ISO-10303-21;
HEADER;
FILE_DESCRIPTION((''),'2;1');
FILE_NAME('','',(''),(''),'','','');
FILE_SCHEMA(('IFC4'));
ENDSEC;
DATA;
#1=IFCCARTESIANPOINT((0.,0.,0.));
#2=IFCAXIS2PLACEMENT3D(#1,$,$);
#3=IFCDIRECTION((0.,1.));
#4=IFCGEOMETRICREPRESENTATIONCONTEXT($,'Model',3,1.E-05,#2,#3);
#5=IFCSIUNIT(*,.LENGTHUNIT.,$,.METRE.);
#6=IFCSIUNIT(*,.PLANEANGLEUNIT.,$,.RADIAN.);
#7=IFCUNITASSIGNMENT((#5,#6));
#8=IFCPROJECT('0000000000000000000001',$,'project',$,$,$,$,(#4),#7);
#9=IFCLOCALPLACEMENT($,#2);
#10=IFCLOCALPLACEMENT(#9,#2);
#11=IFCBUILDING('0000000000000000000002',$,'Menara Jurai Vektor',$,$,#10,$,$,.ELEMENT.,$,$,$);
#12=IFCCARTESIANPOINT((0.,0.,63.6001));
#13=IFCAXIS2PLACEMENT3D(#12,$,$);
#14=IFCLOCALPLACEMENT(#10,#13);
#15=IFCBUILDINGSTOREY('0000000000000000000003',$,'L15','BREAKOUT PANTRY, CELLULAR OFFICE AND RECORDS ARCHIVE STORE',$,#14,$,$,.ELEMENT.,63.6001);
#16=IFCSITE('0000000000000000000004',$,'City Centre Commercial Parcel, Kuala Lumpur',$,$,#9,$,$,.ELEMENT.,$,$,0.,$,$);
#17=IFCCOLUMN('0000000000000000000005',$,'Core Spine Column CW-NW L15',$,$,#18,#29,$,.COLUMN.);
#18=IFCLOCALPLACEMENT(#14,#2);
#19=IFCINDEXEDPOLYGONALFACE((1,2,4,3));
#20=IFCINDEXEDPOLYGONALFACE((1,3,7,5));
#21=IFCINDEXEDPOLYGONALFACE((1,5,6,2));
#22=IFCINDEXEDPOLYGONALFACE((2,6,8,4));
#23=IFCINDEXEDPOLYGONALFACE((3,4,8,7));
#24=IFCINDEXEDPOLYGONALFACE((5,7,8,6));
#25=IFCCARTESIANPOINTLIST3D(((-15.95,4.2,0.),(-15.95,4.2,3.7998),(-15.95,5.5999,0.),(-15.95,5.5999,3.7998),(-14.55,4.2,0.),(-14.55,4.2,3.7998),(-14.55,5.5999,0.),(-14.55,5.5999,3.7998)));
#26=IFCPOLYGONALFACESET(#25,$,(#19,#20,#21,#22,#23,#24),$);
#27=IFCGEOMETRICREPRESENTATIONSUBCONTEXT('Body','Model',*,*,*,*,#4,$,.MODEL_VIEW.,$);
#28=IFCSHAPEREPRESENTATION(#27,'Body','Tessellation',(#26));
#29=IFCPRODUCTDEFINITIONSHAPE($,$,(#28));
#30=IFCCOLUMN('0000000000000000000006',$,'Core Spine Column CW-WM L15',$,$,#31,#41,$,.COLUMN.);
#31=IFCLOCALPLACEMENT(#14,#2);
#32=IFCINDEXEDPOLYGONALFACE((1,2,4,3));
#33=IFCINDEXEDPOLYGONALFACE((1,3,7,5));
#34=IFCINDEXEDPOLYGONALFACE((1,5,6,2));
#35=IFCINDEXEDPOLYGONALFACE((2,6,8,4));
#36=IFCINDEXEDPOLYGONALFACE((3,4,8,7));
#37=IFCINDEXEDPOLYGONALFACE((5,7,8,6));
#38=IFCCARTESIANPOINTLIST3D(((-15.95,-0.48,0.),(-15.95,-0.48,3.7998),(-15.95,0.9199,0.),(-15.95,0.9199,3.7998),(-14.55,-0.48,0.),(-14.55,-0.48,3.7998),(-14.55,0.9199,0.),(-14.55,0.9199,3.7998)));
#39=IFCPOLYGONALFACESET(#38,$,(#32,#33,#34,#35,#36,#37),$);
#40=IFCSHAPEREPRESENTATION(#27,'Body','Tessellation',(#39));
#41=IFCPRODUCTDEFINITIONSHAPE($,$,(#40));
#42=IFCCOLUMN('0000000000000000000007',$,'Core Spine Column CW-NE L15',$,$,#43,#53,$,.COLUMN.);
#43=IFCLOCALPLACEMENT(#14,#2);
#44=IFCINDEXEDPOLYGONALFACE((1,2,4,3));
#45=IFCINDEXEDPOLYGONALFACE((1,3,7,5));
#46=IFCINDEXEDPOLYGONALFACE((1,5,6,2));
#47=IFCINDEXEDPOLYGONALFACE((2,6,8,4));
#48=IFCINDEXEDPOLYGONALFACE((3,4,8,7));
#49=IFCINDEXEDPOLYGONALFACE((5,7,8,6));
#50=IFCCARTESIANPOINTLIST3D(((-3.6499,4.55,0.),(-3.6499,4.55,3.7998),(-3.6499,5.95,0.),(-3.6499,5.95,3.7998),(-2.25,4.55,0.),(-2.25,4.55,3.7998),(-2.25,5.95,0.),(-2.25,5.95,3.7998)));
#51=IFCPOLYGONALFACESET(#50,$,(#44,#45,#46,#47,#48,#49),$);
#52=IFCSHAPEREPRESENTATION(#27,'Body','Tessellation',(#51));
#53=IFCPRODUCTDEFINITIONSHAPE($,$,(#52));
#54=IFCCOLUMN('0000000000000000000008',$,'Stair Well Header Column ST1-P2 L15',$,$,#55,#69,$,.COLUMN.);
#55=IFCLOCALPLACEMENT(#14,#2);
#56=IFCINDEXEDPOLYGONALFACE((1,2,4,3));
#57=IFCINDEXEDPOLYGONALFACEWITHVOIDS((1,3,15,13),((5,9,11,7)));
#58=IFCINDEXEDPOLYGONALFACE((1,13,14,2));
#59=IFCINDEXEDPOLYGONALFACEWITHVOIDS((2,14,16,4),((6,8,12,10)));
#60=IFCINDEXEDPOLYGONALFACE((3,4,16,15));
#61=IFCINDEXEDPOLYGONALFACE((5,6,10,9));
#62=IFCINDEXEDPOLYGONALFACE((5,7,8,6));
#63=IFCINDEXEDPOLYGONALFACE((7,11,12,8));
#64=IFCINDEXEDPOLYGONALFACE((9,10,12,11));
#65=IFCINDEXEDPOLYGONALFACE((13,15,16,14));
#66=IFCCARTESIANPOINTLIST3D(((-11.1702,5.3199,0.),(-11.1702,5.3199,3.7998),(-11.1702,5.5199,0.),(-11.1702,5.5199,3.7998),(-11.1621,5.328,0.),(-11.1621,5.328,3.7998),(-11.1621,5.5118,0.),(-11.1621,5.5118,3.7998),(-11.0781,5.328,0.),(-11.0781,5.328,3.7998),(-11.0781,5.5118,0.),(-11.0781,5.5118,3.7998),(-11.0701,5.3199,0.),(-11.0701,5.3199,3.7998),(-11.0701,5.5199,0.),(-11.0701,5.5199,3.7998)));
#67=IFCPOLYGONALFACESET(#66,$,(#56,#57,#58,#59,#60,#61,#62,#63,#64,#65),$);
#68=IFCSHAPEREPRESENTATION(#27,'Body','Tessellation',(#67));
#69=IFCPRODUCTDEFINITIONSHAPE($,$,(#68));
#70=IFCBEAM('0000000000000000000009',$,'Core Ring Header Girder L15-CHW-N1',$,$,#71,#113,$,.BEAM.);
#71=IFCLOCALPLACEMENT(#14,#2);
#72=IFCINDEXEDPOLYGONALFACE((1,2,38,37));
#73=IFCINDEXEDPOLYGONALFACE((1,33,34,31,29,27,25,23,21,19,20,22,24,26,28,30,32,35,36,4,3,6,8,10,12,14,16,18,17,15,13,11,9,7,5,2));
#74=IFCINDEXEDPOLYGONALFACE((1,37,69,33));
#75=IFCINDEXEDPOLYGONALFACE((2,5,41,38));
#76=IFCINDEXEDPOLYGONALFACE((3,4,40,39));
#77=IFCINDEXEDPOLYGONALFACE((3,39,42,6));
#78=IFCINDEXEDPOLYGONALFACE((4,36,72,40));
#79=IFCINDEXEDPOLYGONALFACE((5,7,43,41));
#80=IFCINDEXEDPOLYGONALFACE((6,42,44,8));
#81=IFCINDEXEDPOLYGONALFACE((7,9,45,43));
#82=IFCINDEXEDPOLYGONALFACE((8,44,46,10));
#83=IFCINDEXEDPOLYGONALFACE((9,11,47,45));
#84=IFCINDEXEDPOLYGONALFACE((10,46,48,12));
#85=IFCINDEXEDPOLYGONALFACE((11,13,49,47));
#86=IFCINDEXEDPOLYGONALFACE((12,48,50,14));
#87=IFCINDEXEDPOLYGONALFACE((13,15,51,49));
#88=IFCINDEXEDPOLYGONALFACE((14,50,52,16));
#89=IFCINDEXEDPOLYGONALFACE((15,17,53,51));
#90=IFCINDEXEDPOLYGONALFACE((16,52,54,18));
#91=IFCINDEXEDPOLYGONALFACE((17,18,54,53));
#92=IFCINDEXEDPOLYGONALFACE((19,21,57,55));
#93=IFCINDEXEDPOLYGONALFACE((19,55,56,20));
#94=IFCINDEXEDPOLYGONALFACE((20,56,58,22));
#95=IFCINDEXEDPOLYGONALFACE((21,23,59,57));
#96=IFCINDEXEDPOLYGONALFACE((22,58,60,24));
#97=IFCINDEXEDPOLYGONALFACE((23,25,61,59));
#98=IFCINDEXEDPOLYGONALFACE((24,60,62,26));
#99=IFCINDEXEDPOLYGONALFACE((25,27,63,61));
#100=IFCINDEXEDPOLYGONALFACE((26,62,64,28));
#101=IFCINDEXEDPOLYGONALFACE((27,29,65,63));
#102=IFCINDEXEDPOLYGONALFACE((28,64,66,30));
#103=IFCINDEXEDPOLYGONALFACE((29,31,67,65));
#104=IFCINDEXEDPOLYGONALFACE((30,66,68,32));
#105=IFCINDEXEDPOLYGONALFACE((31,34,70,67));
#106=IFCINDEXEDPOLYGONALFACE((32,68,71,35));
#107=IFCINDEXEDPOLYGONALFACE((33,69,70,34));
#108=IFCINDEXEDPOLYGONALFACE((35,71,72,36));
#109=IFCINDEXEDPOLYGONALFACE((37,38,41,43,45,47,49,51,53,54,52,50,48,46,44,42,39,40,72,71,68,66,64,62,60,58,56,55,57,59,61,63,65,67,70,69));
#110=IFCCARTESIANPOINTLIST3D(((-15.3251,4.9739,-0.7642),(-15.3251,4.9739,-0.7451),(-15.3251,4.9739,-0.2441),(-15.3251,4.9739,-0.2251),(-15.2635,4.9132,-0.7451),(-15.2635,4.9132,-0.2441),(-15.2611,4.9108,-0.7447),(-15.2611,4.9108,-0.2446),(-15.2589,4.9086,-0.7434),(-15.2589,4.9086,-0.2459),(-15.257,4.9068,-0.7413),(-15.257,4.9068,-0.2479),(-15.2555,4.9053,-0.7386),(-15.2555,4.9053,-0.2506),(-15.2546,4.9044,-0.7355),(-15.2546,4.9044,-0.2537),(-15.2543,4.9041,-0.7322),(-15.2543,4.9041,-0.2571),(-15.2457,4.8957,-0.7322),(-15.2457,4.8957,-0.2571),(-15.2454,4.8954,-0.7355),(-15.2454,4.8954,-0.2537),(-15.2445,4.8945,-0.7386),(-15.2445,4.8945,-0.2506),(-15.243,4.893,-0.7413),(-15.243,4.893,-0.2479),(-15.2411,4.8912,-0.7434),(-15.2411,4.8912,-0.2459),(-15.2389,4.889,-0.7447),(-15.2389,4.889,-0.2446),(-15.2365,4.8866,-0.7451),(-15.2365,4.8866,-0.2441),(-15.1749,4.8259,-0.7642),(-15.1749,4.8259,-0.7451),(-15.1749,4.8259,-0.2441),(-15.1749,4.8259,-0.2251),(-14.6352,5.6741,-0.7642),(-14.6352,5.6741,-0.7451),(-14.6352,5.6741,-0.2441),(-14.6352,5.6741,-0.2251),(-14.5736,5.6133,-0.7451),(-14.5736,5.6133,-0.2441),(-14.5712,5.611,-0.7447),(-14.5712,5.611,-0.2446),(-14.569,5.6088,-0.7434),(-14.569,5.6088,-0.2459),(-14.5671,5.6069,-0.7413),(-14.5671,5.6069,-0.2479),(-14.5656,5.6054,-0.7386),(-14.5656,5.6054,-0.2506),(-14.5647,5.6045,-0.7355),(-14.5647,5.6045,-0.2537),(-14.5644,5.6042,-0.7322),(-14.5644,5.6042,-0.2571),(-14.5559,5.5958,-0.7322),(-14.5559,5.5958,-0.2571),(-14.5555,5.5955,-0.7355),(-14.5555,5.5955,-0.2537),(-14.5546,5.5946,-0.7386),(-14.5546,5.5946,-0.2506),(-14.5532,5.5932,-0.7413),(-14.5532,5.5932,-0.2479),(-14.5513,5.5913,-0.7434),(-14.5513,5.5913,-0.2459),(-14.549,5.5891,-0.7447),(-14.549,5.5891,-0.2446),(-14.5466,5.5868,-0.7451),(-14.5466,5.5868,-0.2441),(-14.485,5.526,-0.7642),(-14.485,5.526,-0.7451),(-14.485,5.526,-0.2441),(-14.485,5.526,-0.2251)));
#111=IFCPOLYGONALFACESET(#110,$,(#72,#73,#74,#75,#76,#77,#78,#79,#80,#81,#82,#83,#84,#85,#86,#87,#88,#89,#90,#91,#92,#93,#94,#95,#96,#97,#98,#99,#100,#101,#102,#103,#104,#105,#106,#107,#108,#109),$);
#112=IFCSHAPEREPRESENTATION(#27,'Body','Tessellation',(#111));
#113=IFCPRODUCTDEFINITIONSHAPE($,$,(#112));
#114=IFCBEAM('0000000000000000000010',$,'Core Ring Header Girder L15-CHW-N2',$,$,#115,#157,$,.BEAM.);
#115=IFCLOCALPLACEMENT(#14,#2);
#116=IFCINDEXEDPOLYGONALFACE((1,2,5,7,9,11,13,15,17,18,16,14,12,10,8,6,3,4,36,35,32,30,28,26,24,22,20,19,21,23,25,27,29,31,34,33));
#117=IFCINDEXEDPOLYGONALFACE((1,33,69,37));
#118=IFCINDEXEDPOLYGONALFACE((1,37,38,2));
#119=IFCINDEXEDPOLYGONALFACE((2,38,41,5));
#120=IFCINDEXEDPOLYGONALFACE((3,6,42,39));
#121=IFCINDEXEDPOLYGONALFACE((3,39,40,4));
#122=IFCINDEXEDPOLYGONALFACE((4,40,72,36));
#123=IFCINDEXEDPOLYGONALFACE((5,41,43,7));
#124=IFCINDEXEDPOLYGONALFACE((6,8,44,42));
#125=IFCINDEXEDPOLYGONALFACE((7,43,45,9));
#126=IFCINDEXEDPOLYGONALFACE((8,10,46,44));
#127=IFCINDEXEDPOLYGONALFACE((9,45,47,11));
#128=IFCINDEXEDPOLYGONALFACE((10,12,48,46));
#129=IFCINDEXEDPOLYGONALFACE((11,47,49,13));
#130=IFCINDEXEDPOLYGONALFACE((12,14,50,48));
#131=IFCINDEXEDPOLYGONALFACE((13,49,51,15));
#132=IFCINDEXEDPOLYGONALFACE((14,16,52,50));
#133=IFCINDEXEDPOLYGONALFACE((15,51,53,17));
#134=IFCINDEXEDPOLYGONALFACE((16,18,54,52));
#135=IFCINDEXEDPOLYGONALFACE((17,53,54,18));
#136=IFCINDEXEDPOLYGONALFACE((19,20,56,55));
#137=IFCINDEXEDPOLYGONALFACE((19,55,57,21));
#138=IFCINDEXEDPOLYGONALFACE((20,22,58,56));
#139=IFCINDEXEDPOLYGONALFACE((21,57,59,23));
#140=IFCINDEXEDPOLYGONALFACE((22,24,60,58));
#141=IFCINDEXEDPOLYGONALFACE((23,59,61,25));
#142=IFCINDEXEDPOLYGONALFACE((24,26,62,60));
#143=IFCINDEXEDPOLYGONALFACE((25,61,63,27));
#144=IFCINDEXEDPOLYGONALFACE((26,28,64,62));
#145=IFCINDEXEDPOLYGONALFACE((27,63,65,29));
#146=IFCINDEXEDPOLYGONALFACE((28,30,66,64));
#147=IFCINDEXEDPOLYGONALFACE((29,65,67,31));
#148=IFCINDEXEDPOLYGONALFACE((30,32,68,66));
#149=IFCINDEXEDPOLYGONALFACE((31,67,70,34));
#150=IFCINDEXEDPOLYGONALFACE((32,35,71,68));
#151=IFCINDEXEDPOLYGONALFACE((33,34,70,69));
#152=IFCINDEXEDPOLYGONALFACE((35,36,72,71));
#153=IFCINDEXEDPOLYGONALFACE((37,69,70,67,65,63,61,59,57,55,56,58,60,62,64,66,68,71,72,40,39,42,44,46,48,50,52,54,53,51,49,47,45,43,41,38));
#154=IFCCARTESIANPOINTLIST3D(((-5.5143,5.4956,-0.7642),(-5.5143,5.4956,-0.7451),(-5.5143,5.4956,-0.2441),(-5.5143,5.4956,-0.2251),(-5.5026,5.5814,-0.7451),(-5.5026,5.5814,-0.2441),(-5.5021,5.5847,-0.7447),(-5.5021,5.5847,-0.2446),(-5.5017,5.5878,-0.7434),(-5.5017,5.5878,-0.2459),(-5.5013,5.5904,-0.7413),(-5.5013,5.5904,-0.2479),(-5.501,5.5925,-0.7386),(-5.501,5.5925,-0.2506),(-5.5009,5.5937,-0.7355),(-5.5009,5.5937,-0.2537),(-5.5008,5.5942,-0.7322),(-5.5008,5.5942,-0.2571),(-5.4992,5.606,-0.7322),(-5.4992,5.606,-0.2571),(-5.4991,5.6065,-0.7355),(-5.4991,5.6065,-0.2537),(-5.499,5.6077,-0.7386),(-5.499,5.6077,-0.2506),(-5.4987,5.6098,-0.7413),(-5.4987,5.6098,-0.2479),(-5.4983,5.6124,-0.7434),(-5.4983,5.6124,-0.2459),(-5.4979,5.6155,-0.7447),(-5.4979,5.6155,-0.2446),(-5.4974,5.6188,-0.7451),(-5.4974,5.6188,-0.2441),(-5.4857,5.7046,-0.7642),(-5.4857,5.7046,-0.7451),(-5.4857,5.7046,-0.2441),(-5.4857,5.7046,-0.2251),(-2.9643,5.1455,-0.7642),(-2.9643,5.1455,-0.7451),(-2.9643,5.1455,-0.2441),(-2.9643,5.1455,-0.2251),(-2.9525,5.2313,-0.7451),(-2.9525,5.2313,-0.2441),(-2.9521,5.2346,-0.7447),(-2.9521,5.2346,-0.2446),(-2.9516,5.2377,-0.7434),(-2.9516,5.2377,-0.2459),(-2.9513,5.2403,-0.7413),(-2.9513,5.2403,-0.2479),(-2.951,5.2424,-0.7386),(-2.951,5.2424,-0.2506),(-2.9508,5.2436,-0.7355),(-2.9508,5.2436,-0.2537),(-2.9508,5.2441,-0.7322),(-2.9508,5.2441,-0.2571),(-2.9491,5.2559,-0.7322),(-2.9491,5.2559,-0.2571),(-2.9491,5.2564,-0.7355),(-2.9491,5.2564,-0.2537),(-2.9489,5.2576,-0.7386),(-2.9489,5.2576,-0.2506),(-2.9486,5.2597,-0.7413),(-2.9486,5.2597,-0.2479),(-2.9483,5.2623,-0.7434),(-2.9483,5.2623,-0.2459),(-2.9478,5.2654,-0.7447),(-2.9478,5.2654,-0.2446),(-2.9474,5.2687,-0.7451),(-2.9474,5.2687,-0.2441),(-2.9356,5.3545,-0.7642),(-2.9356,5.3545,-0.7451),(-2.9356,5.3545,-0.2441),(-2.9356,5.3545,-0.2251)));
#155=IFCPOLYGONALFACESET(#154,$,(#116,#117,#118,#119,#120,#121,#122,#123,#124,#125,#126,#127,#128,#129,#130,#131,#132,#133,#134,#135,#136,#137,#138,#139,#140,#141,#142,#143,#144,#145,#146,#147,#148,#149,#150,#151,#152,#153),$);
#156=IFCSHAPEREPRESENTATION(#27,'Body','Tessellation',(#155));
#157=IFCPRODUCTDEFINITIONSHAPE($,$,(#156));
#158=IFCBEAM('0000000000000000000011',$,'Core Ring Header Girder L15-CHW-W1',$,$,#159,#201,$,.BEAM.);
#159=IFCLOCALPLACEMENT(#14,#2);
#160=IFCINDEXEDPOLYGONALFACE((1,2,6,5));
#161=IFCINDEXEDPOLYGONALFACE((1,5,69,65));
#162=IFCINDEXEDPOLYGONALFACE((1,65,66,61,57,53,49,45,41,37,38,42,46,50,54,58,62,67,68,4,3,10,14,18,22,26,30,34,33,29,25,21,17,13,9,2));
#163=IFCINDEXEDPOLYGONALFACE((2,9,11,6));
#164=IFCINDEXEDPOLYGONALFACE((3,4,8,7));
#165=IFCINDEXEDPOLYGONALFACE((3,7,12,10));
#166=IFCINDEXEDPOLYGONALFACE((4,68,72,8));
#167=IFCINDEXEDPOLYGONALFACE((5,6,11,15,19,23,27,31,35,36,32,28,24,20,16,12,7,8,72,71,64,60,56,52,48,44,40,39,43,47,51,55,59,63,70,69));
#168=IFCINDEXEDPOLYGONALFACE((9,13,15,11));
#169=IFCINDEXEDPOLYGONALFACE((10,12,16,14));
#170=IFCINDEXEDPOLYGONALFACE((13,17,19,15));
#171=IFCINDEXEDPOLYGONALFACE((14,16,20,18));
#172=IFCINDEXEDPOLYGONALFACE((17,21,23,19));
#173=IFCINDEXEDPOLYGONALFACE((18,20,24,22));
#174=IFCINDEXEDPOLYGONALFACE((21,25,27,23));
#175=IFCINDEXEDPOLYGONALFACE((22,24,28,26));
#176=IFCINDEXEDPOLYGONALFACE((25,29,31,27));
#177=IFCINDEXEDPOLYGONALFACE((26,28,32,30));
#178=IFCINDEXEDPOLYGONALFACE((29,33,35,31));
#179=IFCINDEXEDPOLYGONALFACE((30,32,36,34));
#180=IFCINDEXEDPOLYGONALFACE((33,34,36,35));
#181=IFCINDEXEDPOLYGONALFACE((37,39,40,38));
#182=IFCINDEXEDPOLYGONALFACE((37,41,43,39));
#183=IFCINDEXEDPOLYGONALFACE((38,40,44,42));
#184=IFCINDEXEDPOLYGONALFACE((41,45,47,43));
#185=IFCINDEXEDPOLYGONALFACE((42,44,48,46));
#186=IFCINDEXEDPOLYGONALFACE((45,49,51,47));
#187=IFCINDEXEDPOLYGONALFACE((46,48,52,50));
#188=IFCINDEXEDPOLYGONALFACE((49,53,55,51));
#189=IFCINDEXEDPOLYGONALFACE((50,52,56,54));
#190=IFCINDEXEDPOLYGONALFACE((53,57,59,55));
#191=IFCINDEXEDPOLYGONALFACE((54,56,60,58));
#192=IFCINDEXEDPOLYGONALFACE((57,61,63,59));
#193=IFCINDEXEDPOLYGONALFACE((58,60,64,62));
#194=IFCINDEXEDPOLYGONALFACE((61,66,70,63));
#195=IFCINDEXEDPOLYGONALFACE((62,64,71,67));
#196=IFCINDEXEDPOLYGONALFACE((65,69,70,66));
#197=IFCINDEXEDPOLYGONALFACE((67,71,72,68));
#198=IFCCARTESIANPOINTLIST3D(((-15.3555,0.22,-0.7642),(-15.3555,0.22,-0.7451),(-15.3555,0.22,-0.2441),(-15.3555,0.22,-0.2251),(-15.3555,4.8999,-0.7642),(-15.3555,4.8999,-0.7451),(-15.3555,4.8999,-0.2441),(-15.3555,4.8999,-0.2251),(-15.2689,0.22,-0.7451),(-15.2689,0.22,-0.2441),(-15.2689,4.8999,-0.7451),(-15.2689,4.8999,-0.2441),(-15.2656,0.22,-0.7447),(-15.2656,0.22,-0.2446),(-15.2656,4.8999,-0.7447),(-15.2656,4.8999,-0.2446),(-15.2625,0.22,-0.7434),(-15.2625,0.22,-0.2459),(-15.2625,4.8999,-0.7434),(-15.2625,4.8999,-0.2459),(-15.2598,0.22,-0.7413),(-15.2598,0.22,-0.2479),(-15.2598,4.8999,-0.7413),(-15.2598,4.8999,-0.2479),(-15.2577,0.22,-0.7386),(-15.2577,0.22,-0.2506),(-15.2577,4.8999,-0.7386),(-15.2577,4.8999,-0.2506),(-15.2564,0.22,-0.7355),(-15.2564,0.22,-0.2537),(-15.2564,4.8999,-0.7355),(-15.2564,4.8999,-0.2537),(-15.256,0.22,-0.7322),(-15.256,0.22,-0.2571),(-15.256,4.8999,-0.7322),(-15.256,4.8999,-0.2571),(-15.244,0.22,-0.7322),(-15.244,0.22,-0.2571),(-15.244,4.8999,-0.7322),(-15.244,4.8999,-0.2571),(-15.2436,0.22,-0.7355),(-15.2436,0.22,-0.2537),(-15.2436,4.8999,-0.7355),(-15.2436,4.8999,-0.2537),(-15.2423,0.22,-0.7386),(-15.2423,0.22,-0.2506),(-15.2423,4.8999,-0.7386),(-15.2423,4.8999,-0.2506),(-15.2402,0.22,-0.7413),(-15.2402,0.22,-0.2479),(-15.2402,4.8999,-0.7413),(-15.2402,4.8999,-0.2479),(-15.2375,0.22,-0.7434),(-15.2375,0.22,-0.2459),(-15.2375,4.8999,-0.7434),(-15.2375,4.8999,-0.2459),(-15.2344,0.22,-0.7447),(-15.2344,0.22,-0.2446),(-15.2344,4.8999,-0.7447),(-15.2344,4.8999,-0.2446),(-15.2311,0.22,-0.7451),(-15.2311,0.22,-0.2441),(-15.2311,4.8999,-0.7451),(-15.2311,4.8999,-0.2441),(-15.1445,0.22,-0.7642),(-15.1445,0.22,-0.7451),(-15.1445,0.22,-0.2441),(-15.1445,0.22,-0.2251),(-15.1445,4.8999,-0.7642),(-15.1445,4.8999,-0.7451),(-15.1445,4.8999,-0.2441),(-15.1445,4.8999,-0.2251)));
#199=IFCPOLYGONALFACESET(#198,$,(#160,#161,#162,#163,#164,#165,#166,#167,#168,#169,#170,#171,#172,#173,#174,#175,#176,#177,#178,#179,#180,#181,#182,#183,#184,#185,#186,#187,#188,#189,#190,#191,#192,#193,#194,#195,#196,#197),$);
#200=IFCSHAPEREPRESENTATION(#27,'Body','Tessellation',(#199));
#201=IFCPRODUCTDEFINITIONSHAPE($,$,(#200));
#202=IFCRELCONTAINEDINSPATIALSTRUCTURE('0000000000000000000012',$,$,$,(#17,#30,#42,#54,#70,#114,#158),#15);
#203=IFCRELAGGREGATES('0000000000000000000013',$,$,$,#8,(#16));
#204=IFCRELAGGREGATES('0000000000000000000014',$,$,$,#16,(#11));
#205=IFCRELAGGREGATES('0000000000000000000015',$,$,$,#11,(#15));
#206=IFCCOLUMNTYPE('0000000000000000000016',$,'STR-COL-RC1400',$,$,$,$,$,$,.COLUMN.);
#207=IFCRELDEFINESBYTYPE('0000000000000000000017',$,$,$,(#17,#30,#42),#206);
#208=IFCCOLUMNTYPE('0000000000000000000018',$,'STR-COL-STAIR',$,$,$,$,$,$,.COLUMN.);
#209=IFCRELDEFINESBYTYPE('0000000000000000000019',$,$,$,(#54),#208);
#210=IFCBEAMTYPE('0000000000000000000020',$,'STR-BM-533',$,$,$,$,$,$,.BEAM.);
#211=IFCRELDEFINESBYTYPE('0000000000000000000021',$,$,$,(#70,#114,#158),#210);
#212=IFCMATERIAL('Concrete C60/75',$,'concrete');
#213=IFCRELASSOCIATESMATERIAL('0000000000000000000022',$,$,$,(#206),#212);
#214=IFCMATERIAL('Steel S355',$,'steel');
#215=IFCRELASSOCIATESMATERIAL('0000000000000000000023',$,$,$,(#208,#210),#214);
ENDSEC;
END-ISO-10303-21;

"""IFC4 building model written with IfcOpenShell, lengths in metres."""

from ifc_helpers import new_model, si_unit, direction, frame, origin, origin_2d, place, context, subcontext, project, spatial, rectangle, hollow_rectangle, i_section, extrude, material, material_profile, profile_set, type_object, element, save


model = new_model("IFC4")

# Units and contexts
model_context = context("Model", 3, precision=1e-05, world=origin(), true_north=direction((0.0, 1.0)))
body_context = subcontext(model_context, "Body", "Model", "MODEL_VIEW")
ifc_project = project(units=[si_unit("LENGTHUNIT", "METRE"), si_unit("PLANEANGLEUNIT", "RADIAN")], contexts=[model_context])

# Site, building, storey
site_placement = place(None, origin())
site = spatial("IfcSite", under=ifc_project, at=site_placement, Name="City Centre Commercial Parcel, Kuala Lumpur", CompositionType="ELEMENT", RefElevation=0.0)
building_placement = place(site_placement, origin())
building = spatial("IfcBuilding", under=site, at=building_placement, Name="Menara Jurai Vektor", CompositionType="ELEMENT")
storey_placement = place(building_placement, frame((0.0, 0.0, 63.6001)))
storey = spatial("IfcBuildingStorey", under=building, at=storey_placement, Name="L15", Description="BREAKOUT PANTRY, CELLULAR OFFICE AND RECORDS ARCHIVE STORE", CompositionType="ELEMENT", Elevation=63.6001)

# Columns
ifc_material_1 = material(Name="Concrete C60/75", Category="concrete")
ifc_material_profile_1 = material_profile(ifc_material_1, rectangle(XDim=1.3999, YDim=1.3999, at=origin_2d()), Name="RC 1400x1400")
ifc_profile_set_1 = profile_set([ifc_material_profile_1], Name="Concrete C60/75")
column_type_1 = type_object("IfcColumnType", Name="STR-COL-RC1400", PredefinedType="COLUMN", material=ifc_profile_set_1)
for number, where, z_axis, x_axis, name in (
    (1, (-15.25, 4.8999, 0.0), (0.0, 0.0, 1.0), (1.0, 0.0, 0.0), "Core Spine Column CW-NW L15"),
    (2, (-15.25, 0.22, 0.0), (0.0, 0.0, 1.0), (1.0, 0.0, 0.0), "Core Spine Column CW-WM L15"),
    (3, (-2.95, 5.25, 0.0), (0.0, 0.0, 1.0), (1.0, 0.0, 0.0), "Core Spine Column CW-NE L15"),
):
    element("IfcColumn", number, at=place(storey_placement, frame(where, z_axis=z_axis, x_axis=x_axis)), inside=storey, type_object=column_type_1, Name=name, PredefinedType="COLUMN", context=body_context, shape_type="SweptSolid", body=[
        extrude(rectangle(XDim=1.3999, YDim=1.3999, at=origin_2d()), origin(), (0.0, 0.0, 1.0), 3.7998),
    ])
ifc_material_2 = material(Name="Steel S355", Category="steel")
ifc_material_profile_2 = material_profile(ifc_material_2, hollow_rectangle(XDim=0.1001, YDim=0.2, WallThickness=0.0081, at=origin_2d()), Name="RHS 200x100x8")
ifc_profile_set_2 = profile_set([ifc_material_profile_2], Name="Steel S355")
column_type_2 = type_object("IfcColumnType", Name="STR-COL-STAIR", PredefinedType="COLUMN", material=ifc_profile_set_2)
column_placement = place(storey_placement, frame((-11.1201, 5.4199, 0.0), z_axis=(0.0, 0.0, 1.0), x_axis=(1.0, 0.0, 0.0)))
element("IfcColumn", 4, at=column_placement, inside=storey, type_object=column_type_2, Name="Stair Well Header Column ST1-P2 L15", PredefinedType="COLUMN", context=body_context, shape_type="SweptSolid", body=[
    extrude(hollow_rectangle(XDim=0.1001, YDim=0.2, WallThickness=0.0081, at=origin_2d()), origin(), (0.0, 0.0, 1.0), 3.7998),
])

# Beams
ifc_material_profile_3 = material_profile(ifc_material_2, i_section(OverallWidth=0.2109, OverallDepth=0.5391, WebThickness=0.012, FlangeThickness=0.019, FilletRadius=0.0129, at=origin_2d()), Name="UKB 533x210x109")
ifc_profile_set_3 = profile_set([ifc_material_profile_3], Name="Steel S355")
beam_type_1 = type_object("IfcBeamType", Name="STR-BM-533", PredefinedType="BEAM", material=ifc_profile_set_3)
beam_1_placement = place(storey_placement, frame((-15.25, 4.8999, -0.4946), z_axis=(0.701872, 0.712303, 0.0), x_axis=(-0.712303, 0.701872, 0.0)))
element("IfcBeam", 5, at=beam_1_placement, inside=storey, type_object=beam_type_1, Name="Core Ring Header Girder L15-CHW-N1", PredefinedType="BEAM", context=body_context, shape_type="SweptSolid", body=[
    extrude(i_section(OverallWidth=0.2109, OverallDepth=0.5391, WebThickness=0.012, FlangeThickness=0.019, FilletRadius=0.0129, at=origin_2d()), origin(), (0.0, 0.0, 1.0), 0.9829),
])
beam_2_placement = place(storey_placement, frame((-5.5, 5.6001, -0.4946), z_axis=(0.990707, -0.136015, 0.0), x_axis=(0.136015, 0.990707, 0.0)))
element("IfcBeam", 6, at=beam_2_placement, inside=storey, type_object=beam_type_1, Name="Core Ring Header Girder L15-CHW-N2", PredefinedType="BEAM", context=body_context, shape_type="SweptSolid", body=[
    extrude(i_section(OverallWidth=0.2109, OverallDepth=0.5391, WebThickness=0.012, FlangeThickness=0.019, FilletRadius=0.0129, at=origin_2d()), origin(), (0.0, 0.0, 1.0), 2.574),
])
beam_3_placement = place(storey_placement, frame((-15.25, 0.22, -0.4946), z_axis=(0.0, 1.0, 0.0), x_axis=(-1.0, 0.0, 0.0)))
element("IfcBeam", 7, at=beam_3_placement, inside=storey, type_object=beam_type_1, Name="Core Ring Header Girder L15-CHW-W1", PredefinedType="BEAM", context=body_context, shape_type="SweptSolid", body=[
    extrude(i_section(OverallWidth=0.2109, OverallDepth=0.5391, WebThickness=0.012, FlangeThickness=0.019, FilletRadius=0.0129, at=origin_2d()), origin(), (0.0, 0.0, 1.0), 4.6799),
])

save(model, "model.ifc")
